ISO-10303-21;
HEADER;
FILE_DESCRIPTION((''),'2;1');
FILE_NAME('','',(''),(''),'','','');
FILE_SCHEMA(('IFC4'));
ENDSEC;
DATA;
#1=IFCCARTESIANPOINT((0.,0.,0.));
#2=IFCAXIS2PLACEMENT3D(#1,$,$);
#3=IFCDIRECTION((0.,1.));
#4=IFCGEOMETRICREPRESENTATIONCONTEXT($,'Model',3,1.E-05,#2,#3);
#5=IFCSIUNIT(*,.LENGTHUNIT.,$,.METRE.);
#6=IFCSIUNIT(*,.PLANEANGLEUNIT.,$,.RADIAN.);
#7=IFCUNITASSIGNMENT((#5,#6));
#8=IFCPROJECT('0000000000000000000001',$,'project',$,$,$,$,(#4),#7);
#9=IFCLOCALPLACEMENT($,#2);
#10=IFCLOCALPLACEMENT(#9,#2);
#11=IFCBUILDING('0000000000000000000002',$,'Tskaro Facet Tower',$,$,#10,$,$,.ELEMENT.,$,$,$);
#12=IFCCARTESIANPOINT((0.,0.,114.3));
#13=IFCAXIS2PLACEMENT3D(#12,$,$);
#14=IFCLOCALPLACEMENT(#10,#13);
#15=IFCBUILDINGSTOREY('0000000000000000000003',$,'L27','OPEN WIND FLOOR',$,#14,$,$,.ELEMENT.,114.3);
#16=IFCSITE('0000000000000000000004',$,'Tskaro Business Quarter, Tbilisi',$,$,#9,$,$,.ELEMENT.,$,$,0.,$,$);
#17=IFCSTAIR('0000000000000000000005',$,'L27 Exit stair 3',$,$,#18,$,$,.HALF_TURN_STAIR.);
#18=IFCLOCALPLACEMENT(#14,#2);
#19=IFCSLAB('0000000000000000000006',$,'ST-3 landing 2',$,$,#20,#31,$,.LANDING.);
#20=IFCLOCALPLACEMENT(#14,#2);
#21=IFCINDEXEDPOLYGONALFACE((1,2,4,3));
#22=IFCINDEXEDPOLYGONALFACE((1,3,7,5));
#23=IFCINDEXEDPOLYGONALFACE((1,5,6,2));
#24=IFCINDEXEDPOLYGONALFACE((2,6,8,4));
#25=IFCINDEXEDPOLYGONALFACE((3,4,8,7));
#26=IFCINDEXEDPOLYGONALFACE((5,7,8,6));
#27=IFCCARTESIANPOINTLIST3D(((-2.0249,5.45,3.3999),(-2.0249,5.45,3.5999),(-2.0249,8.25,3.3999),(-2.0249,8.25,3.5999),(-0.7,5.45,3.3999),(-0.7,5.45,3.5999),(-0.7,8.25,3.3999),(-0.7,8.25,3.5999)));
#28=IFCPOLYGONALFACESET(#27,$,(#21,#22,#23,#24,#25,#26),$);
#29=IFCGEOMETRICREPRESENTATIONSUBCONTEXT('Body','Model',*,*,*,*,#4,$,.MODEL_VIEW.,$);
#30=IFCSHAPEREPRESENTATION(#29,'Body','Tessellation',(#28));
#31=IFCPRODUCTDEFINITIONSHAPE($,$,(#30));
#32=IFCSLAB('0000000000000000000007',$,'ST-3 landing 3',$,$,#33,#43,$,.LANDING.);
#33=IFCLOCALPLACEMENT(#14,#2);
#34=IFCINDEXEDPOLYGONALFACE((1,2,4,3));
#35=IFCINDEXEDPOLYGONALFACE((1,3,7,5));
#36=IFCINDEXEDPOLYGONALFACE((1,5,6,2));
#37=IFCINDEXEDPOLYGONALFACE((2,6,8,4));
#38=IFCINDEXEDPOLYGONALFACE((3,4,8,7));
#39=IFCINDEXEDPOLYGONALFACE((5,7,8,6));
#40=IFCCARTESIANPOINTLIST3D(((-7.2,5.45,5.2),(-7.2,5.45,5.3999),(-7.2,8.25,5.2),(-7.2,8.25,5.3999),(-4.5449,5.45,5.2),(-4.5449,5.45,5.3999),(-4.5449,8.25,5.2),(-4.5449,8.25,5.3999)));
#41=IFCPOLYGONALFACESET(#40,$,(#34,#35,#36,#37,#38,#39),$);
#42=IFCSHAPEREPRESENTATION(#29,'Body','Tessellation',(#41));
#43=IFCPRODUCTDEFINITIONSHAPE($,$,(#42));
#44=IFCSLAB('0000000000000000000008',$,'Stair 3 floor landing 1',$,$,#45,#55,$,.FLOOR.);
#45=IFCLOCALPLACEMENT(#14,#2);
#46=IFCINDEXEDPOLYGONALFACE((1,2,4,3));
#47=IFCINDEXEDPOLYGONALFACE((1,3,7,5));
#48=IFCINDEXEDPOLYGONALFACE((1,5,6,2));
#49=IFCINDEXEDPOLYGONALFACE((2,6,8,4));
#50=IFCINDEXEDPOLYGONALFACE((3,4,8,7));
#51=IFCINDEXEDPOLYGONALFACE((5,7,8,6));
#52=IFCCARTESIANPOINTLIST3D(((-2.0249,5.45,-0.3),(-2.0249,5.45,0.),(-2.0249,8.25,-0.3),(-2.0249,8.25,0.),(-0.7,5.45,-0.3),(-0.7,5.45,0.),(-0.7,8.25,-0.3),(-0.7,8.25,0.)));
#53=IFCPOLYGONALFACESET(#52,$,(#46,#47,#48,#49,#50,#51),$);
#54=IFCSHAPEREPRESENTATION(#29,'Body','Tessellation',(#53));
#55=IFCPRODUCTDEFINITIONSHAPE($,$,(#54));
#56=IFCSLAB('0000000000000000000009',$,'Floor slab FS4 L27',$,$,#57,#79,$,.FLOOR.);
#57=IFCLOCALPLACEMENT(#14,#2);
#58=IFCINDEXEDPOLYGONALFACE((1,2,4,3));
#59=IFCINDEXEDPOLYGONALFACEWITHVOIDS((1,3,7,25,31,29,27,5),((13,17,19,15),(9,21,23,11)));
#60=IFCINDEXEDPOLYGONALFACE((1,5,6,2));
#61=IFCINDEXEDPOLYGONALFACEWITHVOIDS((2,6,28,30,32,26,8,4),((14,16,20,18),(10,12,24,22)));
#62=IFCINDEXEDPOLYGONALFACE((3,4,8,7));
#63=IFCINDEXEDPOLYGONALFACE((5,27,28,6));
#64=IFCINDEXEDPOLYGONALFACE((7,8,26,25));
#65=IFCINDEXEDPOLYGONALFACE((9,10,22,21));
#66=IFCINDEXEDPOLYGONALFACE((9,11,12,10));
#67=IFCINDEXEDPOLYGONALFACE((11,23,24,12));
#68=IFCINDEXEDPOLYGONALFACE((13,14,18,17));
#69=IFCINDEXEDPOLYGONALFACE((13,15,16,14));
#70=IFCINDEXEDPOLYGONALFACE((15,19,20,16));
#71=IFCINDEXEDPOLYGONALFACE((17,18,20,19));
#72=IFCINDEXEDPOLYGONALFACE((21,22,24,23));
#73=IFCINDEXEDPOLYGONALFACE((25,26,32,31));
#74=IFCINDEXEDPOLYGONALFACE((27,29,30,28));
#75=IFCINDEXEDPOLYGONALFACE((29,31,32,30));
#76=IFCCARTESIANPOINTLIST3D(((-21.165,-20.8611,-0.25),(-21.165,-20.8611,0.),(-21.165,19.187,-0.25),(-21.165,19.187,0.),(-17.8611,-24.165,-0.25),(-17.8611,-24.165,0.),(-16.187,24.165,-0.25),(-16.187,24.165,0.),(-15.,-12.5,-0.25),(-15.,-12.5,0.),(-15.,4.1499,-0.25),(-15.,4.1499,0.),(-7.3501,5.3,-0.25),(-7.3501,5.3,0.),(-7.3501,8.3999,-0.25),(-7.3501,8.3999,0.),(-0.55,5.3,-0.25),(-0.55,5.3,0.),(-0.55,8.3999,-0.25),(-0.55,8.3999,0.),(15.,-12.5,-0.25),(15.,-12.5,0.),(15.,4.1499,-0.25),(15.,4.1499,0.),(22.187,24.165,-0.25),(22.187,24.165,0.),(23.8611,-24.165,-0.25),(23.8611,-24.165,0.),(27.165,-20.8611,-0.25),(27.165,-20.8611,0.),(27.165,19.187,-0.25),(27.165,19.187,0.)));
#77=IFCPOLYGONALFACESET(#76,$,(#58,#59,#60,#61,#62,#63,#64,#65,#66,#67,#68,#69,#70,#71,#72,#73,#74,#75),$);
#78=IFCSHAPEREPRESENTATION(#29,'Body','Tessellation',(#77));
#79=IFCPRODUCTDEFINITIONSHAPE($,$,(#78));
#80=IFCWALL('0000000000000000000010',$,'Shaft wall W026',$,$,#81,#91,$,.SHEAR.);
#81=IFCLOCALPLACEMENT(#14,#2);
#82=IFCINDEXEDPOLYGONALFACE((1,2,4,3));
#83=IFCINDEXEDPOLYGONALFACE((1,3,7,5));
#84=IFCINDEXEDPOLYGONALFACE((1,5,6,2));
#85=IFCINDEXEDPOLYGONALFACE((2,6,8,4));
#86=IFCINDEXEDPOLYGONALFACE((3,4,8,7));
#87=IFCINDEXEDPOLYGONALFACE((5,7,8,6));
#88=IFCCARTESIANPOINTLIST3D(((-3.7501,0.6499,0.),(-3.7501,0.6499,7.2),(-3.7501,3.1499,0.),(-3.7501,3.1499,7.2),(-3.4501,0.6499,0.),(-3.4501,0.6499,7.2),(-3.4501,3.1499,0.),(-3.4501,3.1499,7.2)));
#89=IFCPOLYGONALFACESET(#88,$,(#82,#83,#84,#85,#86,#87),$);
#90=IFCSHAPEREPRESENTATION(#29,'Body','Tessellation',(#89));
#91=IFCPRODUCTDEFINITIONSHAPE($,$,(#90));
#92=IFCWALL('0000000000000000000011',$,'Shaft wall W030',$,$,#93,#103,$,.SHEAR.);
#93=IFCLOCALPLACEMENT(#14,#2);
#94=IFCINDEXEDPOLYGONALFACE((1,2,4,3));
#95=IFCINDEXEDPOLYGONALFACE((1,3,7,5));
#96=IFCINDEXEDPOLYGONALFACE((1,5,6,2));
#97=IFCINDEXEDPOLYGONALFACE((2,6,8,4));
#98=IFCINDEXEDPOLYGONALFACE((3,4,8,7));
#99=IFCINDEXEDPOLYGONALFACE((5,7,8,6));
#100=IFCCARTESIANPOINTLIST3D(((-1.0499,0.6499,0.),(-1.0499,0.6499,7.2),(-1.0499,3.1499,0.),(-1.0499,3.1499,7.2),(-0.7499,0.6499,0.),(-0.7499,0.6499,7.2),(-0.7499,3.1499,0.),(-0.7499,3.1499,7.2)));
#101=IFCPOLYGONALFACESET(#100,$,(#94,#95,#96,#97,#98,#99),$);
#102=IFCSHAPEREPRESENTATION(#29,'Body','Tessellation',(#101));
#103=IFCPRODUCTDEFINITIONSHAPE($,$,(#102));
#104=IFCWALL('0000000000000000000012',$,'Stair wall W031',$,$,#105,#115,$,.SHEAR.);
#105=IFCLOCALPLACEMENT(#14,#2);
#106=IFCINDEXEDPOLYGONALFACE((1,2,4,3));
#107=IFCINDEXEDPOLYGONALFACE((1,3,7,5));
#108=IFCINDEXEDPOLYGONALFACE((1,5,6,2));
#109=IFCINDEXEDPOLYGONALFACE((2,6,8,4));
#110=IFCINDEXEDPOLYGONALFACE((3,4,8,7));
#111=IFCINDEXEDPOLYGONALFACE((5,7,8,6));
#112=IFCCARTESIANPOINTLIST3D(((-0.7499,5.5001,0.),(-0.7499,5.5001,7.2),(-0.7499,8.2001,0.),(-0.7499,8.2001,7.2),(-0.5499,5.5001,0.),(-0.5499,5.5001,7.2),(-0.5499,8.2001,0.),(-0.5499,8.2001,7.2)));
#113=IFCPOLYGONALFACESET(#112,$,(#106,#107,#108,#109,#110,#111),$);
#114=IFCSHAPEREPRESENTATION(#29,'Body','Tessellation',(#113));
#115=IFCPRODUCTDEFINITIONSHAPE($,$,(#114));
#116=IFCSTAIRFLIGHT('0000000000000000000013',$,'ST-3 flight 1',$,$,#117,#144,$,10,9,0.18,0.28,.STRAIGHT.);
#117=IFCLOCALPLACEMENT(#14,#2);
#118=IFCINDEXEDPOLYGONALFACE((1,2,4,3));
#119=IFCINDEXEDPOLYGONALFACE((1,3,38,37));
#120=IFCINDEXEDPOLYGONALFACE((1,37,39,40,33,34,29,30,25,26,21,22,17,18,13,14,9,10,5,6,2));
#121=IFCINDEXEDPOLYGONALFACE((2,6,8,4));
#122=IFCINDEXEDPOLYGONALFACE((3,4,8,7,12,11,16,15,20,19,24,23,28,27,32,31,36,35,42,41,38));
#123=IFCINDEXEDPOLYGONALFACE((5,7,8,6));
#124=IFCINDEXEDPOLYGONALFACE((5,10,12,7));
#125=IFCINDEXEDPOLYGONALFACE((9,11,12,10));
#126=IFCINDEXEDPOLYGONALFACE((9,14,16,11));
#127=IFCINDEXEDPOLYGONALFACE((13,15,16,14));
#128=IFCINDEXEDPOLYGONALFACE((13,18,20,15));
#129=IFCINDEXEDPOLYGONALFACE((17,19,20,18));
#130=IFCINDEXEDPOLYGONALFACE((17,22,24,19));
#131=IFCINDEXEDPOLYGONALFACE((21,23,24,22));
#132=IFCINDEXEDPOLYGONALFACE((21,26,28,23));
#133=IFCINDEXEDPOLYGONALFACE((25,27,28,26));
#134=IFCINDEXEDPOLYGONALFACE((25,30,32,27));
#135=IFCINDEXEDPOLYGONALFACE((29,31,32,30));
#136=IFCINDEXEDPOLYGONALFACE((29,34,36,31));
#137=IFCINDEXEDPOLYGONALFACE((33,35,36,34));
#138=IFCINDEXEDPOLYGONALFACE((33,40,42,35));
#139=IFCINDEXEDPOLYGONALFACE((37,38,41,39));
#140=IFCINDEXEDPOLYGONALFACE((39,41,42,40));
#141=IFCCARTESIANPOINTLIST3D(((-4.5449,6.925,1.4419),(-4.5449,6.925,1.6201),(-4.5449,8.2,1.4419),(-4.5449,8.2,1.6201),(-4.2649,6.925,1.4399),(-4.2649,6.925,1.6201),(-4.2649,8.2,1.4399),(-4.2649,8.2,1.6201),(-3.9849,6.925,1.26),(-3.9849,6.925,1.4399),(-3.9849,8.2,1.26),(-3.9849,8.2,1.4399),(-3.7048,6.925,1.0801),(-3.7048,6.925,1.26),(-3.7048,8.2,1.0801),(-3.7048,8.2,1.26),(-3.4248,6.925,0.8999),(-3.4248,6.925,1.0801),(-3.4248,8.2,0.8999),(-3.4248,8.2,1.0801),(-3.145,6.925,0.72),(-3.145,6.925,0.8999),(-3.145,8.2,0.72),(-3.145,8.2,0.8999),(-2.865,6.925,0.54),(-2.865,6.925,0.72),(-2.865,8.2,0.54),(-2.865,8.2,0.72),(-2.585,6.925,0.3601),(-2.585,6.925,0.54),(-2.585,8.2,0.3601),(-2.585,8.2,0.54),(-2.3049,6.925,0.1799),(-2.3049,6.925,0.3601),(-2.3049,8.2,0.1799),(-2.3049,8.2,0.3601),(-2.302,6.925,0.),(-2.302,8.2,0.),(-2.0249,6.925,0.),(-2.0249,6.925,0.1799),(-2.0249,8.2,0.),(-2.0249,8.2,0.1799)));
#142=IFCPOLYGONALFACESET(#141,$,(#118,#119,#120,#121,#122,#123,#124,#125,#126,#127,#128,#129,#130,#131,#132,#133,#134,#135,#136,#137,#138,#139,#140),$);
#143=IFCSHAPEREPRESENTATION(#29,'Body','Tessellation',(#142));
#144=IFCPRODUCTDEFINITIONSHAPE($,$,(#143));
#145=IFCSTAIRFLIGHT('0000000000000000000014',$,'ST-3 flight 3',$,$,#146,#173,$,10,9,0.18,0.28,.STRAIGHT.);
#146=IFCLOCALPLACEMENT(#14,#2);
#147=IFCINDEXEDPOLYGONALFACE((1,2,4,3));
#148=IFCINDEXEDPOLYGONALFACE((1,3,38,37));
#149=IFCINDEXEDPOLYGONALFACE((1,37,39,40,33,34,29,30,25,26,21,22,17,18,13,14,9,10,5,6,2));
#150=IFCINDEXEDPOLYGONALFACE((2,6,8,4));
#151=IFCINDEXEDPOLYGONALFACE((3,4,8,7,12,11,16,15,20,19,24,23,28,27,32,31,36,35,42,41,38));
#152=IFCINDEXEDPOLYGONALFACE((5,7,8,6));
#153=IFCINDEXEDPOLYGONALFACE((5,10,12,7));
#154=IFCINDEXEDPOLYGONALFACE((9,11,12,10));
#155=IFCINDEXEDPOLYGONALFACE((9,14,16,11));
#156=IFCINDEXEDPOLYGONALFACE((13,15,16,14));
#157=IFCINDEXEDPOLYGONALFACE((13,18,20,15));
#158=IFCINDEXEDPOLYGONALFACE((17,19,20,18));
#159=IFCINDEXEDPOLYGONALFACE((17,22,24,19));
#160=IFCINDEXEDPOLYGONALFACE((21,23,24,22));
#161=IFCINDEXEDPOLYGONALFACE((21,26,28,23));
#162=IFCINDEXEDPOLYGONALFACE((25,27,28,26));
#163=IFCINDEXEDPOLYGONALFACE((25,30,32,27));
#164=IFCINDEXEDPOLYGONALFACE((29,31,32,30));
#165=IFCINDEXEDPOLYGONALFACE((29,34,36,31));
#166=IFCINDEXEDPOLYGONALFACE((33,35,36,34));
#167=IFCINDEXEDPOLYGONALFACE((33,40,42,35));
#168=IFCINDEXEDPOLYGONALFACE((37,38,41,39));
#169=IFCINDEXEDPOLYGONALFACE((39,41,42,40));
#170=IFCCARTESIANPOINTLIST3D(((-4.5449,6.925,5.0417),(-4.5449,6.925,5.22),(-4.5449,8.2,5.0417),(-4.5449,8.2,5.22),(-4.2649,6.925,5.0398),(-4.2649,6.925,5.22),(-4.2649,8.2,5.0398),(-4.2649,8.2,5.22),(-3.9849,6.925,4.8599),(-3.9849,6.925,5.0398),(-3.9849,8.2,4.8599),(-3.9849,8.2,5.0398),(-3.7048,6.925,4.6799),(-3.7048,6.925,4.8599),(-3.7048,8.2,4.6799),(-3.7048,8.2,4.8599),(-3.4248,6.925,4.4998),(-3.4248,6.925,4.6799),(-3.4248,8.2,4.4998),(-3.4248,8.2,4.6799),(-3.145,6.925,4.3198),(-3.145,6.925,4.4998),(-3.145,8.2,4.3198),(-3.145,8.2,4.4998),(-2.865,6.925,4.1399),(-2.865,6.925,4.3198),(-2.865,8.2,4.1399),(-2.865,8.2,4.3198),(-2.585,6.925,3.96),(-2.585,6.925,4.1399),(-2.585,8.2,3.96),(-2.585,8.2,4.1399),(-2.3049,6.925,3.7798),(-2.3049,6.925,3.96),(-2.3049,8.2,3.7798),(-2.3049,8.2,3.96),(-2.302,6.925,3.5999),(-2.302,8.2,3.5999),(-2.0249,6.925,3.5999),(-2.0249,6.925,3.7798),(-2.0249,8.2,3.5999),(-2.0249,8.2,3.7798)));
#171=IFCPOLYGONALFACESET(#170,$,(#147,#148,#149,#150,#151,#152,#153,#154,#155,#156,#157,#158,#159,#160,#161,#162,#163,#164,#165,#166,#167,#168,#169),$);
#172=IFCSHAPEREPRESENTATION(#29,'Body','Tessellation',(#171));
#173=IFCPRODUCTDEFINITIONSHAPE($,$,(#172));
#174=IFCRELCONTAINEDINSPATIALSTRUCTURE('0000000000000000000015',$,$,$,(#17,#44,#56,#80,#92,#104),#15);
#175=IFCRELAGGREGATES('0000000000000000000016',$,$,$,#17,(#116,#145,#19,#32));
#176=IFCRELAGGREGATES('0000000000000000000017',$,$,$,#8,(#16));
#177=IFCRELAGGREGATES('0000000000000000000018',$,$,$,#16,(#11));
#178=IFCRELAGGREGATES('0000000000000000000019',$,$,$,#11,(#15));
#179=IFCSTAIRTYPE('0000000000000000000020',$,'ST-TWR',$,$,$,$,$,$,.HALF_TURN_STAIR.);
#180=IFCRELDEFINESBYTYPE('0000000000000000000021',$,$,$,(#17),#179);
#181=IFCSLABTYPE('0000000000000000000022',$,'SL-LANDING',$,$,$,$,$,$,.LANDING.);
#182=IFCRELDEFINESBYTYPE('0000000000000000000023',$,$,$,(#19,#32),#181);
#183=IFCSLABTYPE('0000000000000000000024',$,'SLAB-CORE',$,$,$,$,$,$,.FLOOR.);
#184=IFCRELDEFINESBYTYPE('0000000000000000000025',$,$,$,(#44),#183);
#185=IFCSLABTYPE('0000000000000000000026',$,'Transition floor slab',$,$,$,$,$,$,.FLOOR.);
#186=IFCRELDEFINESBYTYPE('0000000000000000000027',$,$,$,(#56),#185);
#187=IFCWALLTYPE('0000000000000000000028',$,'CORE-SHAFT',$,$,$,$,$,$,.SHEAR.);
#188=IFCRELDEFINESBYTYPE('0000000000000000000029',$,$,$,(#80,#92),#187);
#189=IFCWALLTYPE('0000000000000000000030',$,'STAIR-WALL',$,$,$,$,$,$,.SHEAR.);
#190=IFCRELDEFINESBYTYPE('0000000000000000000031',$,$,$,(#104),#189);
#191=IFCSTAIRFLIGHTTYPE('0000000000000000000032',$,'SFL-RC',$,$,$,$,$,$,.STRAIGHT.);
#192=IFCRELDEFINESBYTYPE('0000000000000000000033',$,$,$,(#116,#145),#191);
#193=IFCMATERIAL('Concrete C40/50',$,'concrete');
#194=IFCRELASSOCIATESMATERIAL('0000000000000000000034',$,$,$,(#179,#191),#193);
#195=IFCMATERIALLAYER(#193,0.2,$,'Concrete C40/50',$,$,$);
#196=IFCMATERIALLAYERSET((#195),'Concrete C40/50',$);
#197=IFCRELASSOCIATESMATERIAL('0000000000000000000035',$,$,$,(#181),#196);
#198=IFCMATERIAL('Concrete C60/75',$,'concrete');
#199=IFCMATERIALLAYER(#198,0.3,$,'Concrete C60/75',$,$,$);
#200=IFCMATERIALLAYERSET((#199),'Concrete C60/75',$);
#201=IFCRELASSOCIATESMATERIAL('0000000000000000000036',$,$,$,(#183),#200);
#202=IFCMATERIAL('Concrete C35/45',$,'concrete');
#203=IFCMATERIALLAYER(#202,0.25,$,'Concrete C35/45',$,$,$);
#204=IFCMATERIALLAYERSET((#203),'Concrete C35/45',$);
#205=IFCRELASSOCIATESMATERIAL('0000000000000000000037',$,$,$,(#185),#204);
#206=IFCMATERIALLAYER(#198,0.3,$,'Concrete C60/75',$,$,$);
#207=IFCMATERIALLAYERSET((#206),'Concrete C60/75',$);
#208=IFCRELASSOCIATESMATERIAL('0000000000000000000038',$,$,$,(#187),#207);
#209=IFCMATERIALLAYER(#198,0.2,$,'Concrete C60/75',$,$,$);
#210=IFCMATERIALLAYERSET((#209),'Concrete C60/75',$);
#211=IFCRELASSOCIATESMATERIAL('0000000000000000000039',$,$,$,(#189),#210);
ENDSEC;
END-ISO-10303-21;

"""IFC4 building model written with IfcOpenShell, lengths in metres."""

from ifc_helpers import new_model, si_unit, direction, frame, frame_2d, origin, place, context, subcontext, project, spatial, polyline, rectangle, outline, extrude, material, layer, layer_set, type_object, element, aggregate, save


model = new_model("IFC4")

# Units and contexts
model_context = context("Model", 3, precision=1e-05, world=origin(), true_north=direction((0.0, 1.0)))
body_context = subcontext(model_context, "Body", "Model", "MODEL_VIEW")
ifc_project = project(units=[si_unit("LENGTHUNIT", "METRE"), si_unit("PLANEANGLEUNIT", "RADIAN")], contexts=[model_context])

# Site, building, storey
site_placement = place(None, origin())
site = spatial("IfcSite", under=ifc_project, at=site_placement, Name="Tskaro Business Quarter, Tbilisi", CompositionType="ELEMENT", RefElevation=0.0)
building_placement = place(site_placement, origin())
building = spatial("IfcBuilding", under=site, at=building_placement, Name="Tskaro Facet Tower", CompositionType="ELEMENT")
storey_placement = place(building_placement, frame((0.0, 0.0, 114.3)))
storey = spatial("IfcBuildingStorey", under=building, at=storey_placement, Name="L27", Description="OPEN WIND FLOOR", CompositionType="ELEMENT", Elevation=114.3)

# Stair, slabs
ifc_material_1 = material(Name="Concrete C40/50", Category="concrete")
stair_type = type_object("IfcStairType", Name="ST-TWR", PredefinedType="HALF_TURN_STAIR", material=ifc_material_1)
ifc_layer_1 = layer(ifc_material_1, 0.2, Name="Concrete C40/50")
ifc_layer_set_1 = layer_set([ifc_layer_1], Name="Concrete C40/50")
slab_type_1 = type_object("IfcSlabType", Name="SL-LANDING", PredefinedType="LANDING", material=ifc_layer_set_1)
stair_1_placement = place(storey_placement, origin())
stair_1 = element("IfcStair", 1, at=stair_1_placement, inside=storey, type_object=stair_type, Name="L27 Exit stair 3", PredefinedType="HALF_TURN_STAIR")
slab_1_placement = place(storey_placement, frame((0.0, 0.0, 3.3999)))
slab_1 = element("IfcSlab", 2, at=slab_1_placement, type_object=slab_type_1, Name="ST-3 landing 2", PredefinedType="LANDING", context=body_context, shape_type="SweptSolid", body=[
    extrude(outline(polyline([(-2.0249, 5.45), (-0.7, 5.45), (-0.7, 8.25), (-2.0249, 8.25), (-2.0249, 5.45)])), origin(), (0.0, 0.0, 1.0), 0.2),
])
slab_2_placement = place(storey_placement, frame((0.0, 0.0, 5.2)))
slab_2 = element("IfcSlab", 3, at=slab_2_placement, type_object=slab_type_1, Name="ST-3 landing 3", PredefinedType="LANDING", context=body_context, shape_type="SweptSolid", body=[
    extrude(outline(polyline([(-7.2, 5.45), (-4.5449, 5.45), (-4.5449, 8.25), (-7.2, 8.25), (-7.2, 5.45)])), origin(), (0.0, 0.0, 1.0), 0.2),
])

# Slabs
ifc_material_2 = material(Name="Concrete C60/75", Category="concrete")
ifc_layer_2 = layer(ifc_material_2, 0.3, Name="Concrete C60/75")
ifc_layer_set_2 = layer_set([ifc_layer_2], Name="Concrete C60/75")
slab_type_2 = type_object("IfcSlabType", Name="SLAB-CORE", PredefinedType="FLOOR", material=ifc_layer_set_2)
slab_3_placement = place(storey_placement, frame((0.0, 0.0, -0.3)))
element("IfcSlab", 4, at=slab_3_placement, inside=storey, type_object=slab_type_2, Name="Stair 3 floor landing 1", PredefinedType="FLOOR", context=body_context, shape_type="SweptSolid", body=[
    extrude(outline(polyline([(-2.0249, 5.45), (-0.7, 5.45), (-0.7, 8.25), (-2.0249, 8.25), (-2.0249, 5.45)])), origin(), (0.0, 0.0, 1.0), 0.3),
])
ifc_material_3 = material(Name="Concrete C35/45", Category="concrete")
ifc_layer_3 = layer(ifc_material_3, 0.25, Name="Concrete C35/45")
ifc_layer_set_3 = layer_set([ifc_layer_3], Name="Concrete C35/45")
slab_type_3 = type_object("IfcSlabType", Name="Transition floor slab", PredefinedType="FLOOR", material=ifc_layer_set_3)
slab_4_placement = place(storey_placement, frame((0.0, 0.0, -0.25)))
element("IfcSlab", 5, at=slab_4_placement, inside=storey, type_object=slab_type_3, Name="Floor slab FS4 L27", PredefinedType="FLOOR", context=body_context, shape_type="SweptSolid", body=[
    extrude(outline(polyline([(-17.8611, -24.165), (23.8611, -24.165), (27.165, -20.8611), (27.165, 19.187), (22.187, 24.165), (-16.187, 24.165), (-21.165, 19.187), (-21.165, -20.8611), (-17.8611, -24.165)]), holes=[polyline([(-15.0, -12.5), (15.0, -12.5), (15.0, 4.1499), (-15.0, 4.1499), (-15.0, -12.5)]), polyline([(-7.3501, 5.3), (-0.55, 5.3), (-0.55, 8.3999), (-7.3501, 8.3999), (-7.3501, 5.3)])]), origin(), (0.0, 0.0, 1.0), 0.25),
])

# Walls
ifc_layer_4 = layer(ifc_material_2, 0.3, Name="Concrete C60/75")
ifc_layer_set_4 = layer_set([ifc_layer_4], Name="Concrete C60/75")
wall_type_1 = type_object("IfcWallType", Name="CORE-SHAFT", PredefinedType="SHEAR", material=ifc_layer_set_4)
for number, where, z_axis, x_axis, name in (
    (6, (-3.6001, 0.6499, 0.0), (0.0, 0.0, 1.0), (0.0, 1.0, 0.0), "Shaft wall W026"),
    (7, (-0.8999, 0.6499, 0.0), (0.0, 0.0, 1.0), (0.0, 1.0, 0.0), "Shaft wall W030"),
):
    element("IfcWall", number, at=place(storey_placement, frame(where, z_axis=z_axis, x_axis=x_axis)), inside=storey, type_object=wall_type_1, Name=name, PredefinedType="SHEAR", context=body_context, shape_type="SweptSolid", body=[
        extrude(rectangle(XDim=2.5, YDim=0.3, at=frame_2d((1.25, 0.0))), origin(), (0.0, 0.0, 1.0), 7.2),
    ])
ifc_layer_5 = layer(ifc_material_2, 0.2, Name="Concrete C60/75")
ifc_layer_set_5 = layer_set([ifc_layer_5], Name="Concrete C60/75")
wall_type_2 = type_object("IfcWallType", Name="STAIR-WALL", PredefinedType="SHEAR", material=ifc_layer_set_5)
wall_placement = place(storey_placement, frame((-0.6499, 5.5, 0.0), z_axis=(0.0, 0.0, 1.0), x_axis=(0.0, 1.0, 0.0)))
element("IfcWall", 8, at=wall_placement, inside=storey, type_object=wall_type_2, Name="Stair wall W031", PredefinedType="SHEAR", context=body_context, shape_type="SweptSolid", body=[
    extrude(rectangle(XDim=2.7, YDim=0.2, at=frame_2d((1.3501, 0.0))), origin(), (0.0, 0.0, 1.0), 7.2),
])

# Stair flights
stair_flight_type = type_object("IfcStairFlightType", Name="SFL-RC", PredefinedType="STRAIGHT", material=ifc_material_1)
stair_flight_1_placement = place(storey_placement, frame((-2.0249, 7.5625, 0.0), z_axis=(0.0, 0.0, 1.0), x_axis=(-1.0, 0.0, 0.0)))
stair_flight_1 = element("IfcStairFlight", 9, at=stair_flight_1_placement, type_object=stair_flight_type, Name="ST-3 flight 1", NumberOfRisers=10, NumberOfTreads=9, PredefinedType="STRAIGHT", RiserHeight=0.18, TreadLength=0.28, context=body_context, shape_type="SweptSolid", body=[
    extrude(outline(polyline([(0.0, 0.0), (0.0, 0.1799), (0.28, 0.1799), (0.28, 0.3601), (0.5601, 0.3601), (0.5601, 0.54), (0.8401, 0.54), (0.8401, 0.72), (1.1201, 0.72), (1.1201, 0.8999), (1.3999, 0.8999), (1.3999, 1.0801), (1.6799, 1.0801), (1.6799, 1.26), (1.96, 1.26), (1.96, 1.4399), (2.24, 1.4399), (2.24, 1.6201), (2.52, 1.6201), (2.52, 1.8), (2.52, 1.4419), (0.2771, 0.0), (0.0, 0.0)])), frame((0.0, 0.6375, 0.0), z_axis=(0.0, -1.0, 0.0), x_axis=(1.0, 0.0, 0.0)), (0.0, 0.0, 1.0), 1.2749),
])
stair_flight_2_placement = place(storey_placement, frame((-2.0249, 7.5625, 3.5999), z_axis=(0.0, 0.0, 1.0), x_axis=(-1.0, 0.0, 0.0)))
stair_flight_2 = element("IfcStairFlight", 10, at=stair_flight_2_placement, type_object=stair_flight_type, Name="ST-3 flight 3", NumberOfRisers=10, NumberOfTreads=9, PredefinedType="STRAIGHT", RiserHeight=0.18, TreadLength=0.28, context=body_context, shape_type="SweptSolid", body=[
    extrude(outline(polyline([(0.0, 0.0), (0.0, 0.1799), (0.28, 0.1799), (0.28, 0.3601), (0.5601, 0.3601), (0.5601, 0.54), (0.8401, 0.54), (0.8401, 0.72), (1.1201, 0.72), (1.1201, 0.8999), (1.3999, 0.8999), (1.3999, 1.0801), (1.6799, 1.0801), (1.6799, 1.26), (1.96, 1.26), (1.96, 1.4399), (2.24, 1.4399), (2.24, 1.6201), (2.52, 1.6201), (2.52, 1.8), (2.52, 1.4419), (0.2771, 0.0), (0.0, 0.0)])), frame((0.0, 0.6375, 0.0), z_axis=(0.0, -1.0, 0.0), x_axis=(1.0, 0.0, 0.0)), (0.0, 0.0, 1.0), 1.2749),
])
aggregate(stair_1, [stair_flight_1, stair_flight_2, slab_1, slab_2])

save(model, "model.ifc")
